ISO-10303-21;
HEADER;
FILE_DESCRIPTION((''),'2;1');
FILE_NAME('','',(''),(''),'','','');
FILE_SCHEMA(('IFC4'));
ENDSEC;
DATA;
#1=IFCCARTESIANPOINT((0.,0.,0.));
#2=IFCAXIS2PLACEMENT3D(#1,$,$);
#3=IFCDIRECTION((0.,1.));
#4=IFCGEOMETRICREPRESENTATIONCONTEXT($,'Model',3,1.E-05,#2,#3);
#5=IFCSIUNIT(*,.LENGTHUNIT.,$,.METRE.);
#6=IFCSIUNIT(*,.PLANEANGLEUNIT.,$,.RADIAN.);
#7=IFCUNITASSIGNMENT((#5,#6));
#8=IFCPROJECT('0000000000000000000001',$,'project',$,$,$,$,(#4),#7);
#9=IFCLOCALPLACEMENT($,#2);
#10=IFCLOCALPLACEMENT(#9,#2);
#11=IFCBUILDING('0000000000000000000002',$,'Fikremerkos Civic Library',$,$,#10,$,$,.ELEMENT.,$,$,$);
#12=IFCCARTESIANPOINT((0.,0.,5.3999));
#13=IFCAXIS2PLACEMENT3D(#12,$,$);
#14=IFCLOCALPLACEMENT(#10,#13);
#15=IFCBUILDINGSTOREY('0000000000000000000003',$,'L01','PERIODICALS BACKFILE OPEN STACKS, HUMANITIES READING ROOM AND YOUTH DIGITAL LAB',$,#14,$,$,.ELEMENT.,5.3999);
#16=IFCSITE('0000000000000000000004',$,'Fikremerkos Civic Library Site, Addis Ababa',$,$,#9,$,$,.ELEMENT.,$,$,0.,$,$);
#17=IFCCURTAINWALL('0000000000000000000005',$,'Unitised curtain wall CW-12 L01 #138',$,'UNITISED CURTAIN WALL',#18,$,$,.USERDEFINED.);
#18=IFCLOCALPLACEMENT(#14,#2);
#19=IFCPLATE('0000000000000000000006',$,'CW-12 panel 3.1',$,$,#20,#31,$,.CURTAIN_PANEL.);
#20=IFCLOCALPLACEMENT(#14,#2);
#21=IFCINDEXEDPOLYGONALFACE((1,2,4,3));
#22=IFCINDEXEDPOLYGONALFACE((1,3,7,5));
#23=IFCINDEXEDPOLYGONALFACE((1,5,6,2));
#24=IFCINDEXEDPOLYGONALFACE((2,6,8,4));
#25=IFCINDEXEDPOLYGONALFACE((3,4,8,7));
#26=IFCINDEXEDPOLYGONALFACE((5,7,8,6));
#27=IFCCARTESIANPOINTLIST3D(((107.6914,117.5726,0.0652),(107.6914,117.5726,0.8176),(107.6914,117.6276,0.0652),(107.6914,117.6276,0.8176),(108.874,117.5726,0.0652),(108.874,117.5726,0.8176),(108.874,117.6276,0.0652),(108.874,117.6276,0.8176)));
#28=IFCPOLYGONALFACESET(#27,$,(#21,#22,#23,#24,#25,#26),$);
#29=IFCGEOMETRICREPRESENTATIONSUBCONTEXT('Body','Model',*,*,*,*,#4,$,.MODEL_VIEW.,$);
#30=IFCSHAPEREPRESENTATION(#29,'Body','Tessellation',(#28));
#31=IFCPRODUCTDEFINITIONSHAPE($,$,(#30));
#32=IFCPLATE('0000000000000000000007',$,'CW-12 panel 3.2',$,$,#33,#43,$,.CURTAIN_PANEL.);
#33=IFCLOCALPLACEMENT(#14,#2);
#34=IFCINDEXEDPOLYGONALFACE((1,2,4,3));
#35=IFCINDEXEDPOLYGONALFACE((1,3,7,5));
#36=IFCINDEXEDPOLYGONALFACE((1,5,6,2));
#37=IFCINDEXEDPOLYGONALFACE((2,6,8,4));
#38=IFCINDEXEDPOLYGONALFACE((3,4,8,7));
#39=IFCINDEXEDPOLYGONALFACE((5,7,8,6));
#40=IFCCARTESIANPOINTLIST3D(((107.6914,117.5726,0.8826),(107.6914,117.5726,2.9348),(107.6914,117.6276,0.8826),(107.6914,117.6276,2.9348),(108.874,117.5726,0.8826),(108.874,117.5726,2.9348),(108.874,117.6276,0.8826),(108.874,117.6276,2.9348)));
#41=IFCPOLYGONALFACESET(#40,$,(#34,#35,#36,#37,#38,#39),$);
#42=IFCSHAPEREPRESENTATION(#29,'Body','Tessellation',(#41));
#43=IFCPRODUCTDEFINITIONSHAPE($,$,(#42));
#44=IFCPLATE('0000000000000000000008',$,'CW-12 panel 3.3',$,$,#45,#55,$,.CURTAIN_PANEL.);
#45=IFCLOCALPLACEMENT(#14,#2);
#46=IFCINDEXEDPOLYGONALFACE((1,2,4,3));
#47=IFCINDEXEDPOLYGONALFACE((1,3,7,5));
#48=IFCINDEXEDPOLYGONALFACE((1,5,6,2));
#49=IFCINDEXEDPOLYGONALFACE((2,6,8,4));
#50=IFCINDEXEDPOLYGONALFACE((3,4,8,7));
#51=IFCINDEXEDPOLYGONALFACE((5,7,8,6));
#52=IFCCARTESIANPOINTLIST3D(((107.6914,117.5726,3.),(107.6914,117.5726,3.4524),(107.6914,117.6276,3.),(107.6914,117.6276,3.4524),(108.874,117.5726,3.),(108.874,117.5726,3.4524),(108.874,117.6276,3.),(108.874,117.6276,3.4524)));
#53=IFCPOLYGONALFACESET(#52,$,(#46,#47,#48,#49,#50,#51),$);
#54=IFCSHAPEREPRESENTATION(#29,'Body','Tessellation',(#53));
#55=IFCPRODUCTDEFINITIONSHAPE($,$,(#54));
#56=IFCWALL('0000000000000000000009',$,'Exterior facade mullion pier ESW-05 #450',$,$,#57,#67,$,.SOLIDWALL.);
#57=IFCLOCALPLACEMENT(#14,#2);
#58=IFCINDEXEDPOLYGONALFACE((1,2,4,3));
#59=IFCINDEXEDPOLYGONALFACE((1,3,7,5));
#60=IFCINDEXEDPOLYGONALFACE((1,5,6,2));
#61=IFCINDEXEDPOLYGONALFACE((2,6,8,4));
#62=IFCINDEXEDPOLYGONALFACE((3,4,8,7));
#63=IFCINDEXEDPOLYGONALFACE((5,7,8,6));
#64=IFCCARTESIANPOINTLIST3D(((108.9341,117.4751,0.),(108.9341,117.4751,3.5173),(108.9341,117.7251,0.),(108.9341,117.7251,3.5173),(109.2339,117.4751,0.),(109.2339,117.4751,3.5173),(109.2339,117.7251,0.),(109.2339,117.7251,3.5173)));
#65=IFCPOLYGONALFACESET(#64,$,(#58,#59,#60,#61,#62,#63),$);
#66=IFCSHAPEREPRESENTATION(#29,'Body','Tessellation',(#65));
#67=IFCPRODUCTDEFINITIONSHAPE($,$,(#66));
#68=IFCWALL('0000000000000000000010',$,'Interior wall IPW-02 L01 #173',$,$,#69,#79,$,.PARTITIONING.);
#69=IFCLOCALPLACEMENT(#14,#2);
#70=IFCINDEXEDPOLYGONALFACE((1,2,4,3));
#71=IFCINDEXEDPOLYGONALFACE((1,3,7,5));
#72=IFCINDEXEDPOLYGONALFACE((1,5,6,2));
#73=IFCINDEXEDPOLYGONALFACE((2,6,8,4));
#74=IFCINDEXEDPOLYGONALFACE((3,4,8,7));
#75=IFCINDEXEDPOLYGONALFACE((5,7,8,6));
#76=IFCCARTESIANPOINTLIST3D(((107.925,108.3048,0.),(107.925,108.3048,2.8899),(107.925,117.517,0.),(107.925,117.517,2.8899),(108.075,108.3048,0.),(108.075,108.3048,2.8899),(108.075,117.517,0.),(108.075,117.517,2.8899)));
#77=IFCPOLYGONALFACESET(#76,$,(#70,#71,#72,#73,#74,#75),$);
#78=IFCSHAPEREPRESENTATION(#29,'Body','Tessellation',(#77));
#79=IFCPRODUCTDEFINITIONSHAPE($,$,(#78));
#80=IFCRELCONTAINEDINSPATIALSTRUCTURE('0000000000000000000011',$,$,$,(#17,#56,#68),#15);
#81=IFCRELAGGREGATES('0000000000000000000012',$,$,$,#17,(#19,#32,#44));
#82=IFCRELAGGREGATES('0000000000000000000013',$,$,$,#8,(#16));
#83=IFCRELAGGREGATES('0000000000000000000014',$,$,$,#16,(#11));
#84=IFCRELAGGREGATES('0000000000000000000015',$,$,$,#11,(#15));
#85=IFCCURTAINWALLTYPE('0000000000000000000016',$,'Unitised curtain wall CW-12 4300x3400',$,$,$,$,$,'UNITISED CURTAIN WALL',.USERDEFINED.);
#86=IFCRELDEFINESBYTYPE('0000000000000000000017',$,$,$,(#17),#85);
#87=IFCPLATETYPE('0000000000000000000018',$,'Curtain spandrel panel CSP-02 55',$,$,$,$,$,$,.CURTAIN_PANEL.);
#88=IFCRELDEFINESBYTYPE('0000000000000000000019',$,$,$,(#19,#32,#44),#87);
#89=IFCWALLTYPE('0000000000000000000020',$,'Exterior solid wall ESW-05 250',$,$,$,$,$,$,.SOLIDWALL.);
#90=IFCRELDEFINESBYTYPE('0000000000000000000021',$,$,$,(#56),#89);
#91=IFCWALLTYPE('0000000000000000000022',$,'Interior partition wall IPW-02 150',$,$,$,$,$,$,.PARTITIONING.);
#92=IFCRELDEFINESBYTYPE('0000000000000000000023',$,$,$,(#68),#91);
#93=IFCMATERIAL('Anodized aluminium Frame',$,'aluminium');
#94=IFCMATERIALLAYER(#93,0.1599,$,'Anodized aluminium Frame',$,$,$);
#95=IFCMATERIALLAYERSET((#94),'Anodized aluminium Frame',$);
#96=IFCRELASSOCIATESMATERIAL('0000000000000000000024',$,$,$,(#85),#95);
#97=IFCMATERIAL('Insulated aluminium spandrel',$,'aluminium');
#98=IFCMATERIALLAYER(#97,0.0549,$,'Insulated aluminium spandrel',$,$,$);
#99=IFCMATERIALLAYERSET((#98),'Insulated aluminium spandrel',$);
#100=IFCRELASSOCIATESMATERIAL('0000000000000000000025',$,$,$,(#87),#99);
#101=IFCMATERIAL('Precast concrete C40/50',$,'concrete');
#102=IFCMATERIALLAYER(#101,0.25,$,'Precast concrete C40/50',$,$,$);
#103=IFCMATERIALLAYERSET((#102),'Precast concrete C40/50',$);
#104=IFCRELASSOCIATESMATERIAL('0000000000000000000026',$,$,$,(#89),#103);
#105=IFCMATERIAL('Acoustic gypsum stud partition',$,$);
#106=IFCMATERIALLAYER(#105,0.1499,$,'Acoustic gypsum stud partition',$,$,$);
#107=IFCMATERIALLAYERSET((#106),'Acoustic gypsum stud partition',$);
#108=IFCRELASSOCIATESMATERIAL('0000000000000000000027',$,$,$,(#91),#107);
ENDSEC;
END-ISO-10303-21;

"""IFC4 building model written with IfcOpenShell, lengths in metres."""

from ifc_helpers import new_model, si_unit, direction, frame, frame_2d, origin, origin_2d, place, context, subcontext, project, spatial, rectangle, extrude, material, layer, layer_set, type_object, element, aggregate, save


model = new_model("IFC4")

# Units and contexts
model_context = context("Model", 3, precision=1e-05, world=origin(), true_north=direction((0.0, 1.0)))
body_context = subcontext(model_context, "Body", "Model", "MODEL_VIEW")
ifc_project = project(units=[si_unit("LENGTHUNIT", "METRE"), si_unit("PLANEANGLEUNIT", "RADIAN")], contexts=[model_context])

# Site, building, storey
site_placement = place(None, origin())
site = spatial("IfcSite", under=ifc_project, at=site_placement, Name="Fikremerkos Civic Library Site, Addis Ababa", CompositionType="ELEMENT", RefElevation=0.0)
building_placement = place(site_placement, origin())
building = spatial("IfcBuilding", under=site, at=building_placement, Name="Fikremerkos Civic Library", CompositionType="ELEMENT")
storey_placement = place(building_placement, frame((0.0, 0.0, 5.3999)))
storey = spatial("IfcBuildingStorey", under=building, at=storey_placement, Name="L01", Description="PERIODICALS BACKFILE OPEN STACKS, HUMANITIES READING ROOM AND YOUTH DIGITAL LAB", CompositionType="ELEMENT", Elevation=5.3999)

# Curtain wall
ifc_material_1 = material(Name="Anodized aluminium Frame", Category="aluminium")
ifc_layer_1 = layer(ifc_material_1, 0.1599, Name="Anodized aluminium Frame")
ifc_layer_set_1 = layer_set([ifc_layer_1], Name="Anodized aluminium Frame")
curtain_wall_type_1 = type_object("IfcCurtainWallType", Name="Unitised curtain wall CW-12 4300x3400", ElementType="UNITISED CURTAIN WALL", PredefinedType="USERDEFINED", material=ifc_layer_set_1)
curtain_wall_1_placement = place(storey_placement, origin())
curtain_wall_1 = element("IfcCurtainWall", 1, at=curtain_wall_1_placement, inside=storey, type_object=curtain_wall_type_1, Name="Unitised curtain wall CW-12 L01 #138", ObjectType="UNITISED CURTAIN WALL", PredefinedType="USERDEFINED")

# Plates
ifc_material_2 = material(Name="Insulated aluminium spandrel", Category="aluminium")
ifc_layer_2 = layer(ifc_material_2, 0.0549, Name="Insulated aluminium spandrel")
ifc_layer_set_2 = layer_set([ifc_layer_2], Name="Insulated aluminium spandrel")
plate_type_1 = type_object("IfcPlateType", Name="Curtain spandrel panel CSP-02 55", PredefinedType="CURTAIN_PANEL", material=ifc_layer_set_2)
plate_1_placement = place(storey_placement, frame((108.2827, 117.6001, 0.0652), z_axis=(0.0, 0.0, 1.0), x_axis=(1.0, 0.0, 0.0)))
plate_1 = element("IfcPlate", 2, at=plate_1_placement, type_object=plate_type_1, Name="CW-12 panel 3.1", PredefinedType="CURTAIN_PANEL", context=body_context, shape_type="SweptSolid", body=[
    extrude(rectangle(XDim=1.1826, YDim=0.0549, at=origin_2d()), origin(), (0.0, 0.0, 1.0), 0.7524),
])
plate_2_placement = place(storey_placement, frame((108.2827, 117.6001, 0.8826), z_axis=(0.0, 0.0, 1.0), x_axis=(1.0, 0.0, 0.0)))
plate_2 = element("IfcPlate", 3, at=plate_2_placement, type_object=plate_type_1, Name="CW-12 panel 3.2", PredefinedType="CURTAIN_PANEL", context=body_context, shape_type="SweptSolid", body=[
    extrude(rectangle(XDim=1.1826, YDim=0.0549, at=origin_2d()), origin(), (0.0, 0.0, 1.0), 2.0522),
])
plate_3_placement = place(storey_placement, frame((108.2827, 117.6001, 3.0), z_axis=(0.0, 0.0, 1.0), x_axis=(1.0, 0.0, 0.0)))
plate_3 = element("IfcPlate", 4, at=plate_3_placement, type_object=plate_type_1, Name="CW-12 panel 3.3", PredefinedType="CURTAIN_PANEL", context=body_context, shape_type="SweptSolid", body=[
    extrude(rectangle(XDim=1.1826, YDim=0.0549, at=origin_2d()), origin(), (0.0, 0.0, 1.0), 0.4524),
])
aggregate(curtain_wall_1, [plate_1, plate_2, plate_3])

# Walls
ifc_material_3 = material(Name="Precast concrete C40/50", Category="concrete")
ifc_layer_3 = layer(ifc_material_3, 0.25, Name="Precast concrete C40/50")
ifc_layer_set_3 = layer_set([ifc_layer_3], Name="Precast concrete C40/50")
wall_type_1 = type_object("IfcWallType", Name="Exterior solid wall ESW-05 250", PredefinedType="SOLIDWALL", material=ifc_layer_set_3)
wall_1_placement = place(storey_placement, frame((108.9341, 117.6001, 0.0), z_axis=(0.0, 0.0, 1.0), x_axis=(1.0, 0.0, 0.0)))
element("IfcWall", 5, at=wall_1_placement, inside=storey, type_object=wall_type_1, Name="Exterior facade mullion pier ESW-05 #450", PredefinedType="SOLIDWALL", context=body_context, shape_type="SweptSolid", body=[
    extrude(rectangle(XDim=0.2998, YDim=0.25, at=frame_2d((0.1499, 0.0))), origin(), (0.0, 0.0, 1.0), 3.5173),
])
ifc_material_4 = material(Name="Acoustic gypsum stud partition")
ifc_layer_4 = layer(ifc_material_4, 0.1499, Name="Acoustic gypsum stud partition")
ifc_layer_set_4 = layer_set([ifc_layer_4], Name="Acoustic gypsum stud partition")
wall_type_2 = type_object("IfcWallType", Name="Interior partition wall IPW-02 150", PredefinedType="PARTITIONING", material=ifc_layer_set_4)
wall_2_placement = place(storey_placement, frame((108.0, 108.3049, 0.0), z_axis=(0.0, 0.0, 1.0), x_axis=(0.0, 1.0, 0.0)))
element("IfcWall", 6, at=wall_2_placement, inside=storey, type_object=wall_type_2, Name="Interior wall IPW-02 L01 #173", PredefinedType="PARTITIONING", context=body_context, shape_type="SweptSolid", body=[
    extrude(rectangle(XDim=9.2122, YDim=0.1499, at=frame_2d((4.606, 0.0))), origin(), (0.0, 0.0, 1.0), 2.8899),
])

save(model, "model.ifc")
